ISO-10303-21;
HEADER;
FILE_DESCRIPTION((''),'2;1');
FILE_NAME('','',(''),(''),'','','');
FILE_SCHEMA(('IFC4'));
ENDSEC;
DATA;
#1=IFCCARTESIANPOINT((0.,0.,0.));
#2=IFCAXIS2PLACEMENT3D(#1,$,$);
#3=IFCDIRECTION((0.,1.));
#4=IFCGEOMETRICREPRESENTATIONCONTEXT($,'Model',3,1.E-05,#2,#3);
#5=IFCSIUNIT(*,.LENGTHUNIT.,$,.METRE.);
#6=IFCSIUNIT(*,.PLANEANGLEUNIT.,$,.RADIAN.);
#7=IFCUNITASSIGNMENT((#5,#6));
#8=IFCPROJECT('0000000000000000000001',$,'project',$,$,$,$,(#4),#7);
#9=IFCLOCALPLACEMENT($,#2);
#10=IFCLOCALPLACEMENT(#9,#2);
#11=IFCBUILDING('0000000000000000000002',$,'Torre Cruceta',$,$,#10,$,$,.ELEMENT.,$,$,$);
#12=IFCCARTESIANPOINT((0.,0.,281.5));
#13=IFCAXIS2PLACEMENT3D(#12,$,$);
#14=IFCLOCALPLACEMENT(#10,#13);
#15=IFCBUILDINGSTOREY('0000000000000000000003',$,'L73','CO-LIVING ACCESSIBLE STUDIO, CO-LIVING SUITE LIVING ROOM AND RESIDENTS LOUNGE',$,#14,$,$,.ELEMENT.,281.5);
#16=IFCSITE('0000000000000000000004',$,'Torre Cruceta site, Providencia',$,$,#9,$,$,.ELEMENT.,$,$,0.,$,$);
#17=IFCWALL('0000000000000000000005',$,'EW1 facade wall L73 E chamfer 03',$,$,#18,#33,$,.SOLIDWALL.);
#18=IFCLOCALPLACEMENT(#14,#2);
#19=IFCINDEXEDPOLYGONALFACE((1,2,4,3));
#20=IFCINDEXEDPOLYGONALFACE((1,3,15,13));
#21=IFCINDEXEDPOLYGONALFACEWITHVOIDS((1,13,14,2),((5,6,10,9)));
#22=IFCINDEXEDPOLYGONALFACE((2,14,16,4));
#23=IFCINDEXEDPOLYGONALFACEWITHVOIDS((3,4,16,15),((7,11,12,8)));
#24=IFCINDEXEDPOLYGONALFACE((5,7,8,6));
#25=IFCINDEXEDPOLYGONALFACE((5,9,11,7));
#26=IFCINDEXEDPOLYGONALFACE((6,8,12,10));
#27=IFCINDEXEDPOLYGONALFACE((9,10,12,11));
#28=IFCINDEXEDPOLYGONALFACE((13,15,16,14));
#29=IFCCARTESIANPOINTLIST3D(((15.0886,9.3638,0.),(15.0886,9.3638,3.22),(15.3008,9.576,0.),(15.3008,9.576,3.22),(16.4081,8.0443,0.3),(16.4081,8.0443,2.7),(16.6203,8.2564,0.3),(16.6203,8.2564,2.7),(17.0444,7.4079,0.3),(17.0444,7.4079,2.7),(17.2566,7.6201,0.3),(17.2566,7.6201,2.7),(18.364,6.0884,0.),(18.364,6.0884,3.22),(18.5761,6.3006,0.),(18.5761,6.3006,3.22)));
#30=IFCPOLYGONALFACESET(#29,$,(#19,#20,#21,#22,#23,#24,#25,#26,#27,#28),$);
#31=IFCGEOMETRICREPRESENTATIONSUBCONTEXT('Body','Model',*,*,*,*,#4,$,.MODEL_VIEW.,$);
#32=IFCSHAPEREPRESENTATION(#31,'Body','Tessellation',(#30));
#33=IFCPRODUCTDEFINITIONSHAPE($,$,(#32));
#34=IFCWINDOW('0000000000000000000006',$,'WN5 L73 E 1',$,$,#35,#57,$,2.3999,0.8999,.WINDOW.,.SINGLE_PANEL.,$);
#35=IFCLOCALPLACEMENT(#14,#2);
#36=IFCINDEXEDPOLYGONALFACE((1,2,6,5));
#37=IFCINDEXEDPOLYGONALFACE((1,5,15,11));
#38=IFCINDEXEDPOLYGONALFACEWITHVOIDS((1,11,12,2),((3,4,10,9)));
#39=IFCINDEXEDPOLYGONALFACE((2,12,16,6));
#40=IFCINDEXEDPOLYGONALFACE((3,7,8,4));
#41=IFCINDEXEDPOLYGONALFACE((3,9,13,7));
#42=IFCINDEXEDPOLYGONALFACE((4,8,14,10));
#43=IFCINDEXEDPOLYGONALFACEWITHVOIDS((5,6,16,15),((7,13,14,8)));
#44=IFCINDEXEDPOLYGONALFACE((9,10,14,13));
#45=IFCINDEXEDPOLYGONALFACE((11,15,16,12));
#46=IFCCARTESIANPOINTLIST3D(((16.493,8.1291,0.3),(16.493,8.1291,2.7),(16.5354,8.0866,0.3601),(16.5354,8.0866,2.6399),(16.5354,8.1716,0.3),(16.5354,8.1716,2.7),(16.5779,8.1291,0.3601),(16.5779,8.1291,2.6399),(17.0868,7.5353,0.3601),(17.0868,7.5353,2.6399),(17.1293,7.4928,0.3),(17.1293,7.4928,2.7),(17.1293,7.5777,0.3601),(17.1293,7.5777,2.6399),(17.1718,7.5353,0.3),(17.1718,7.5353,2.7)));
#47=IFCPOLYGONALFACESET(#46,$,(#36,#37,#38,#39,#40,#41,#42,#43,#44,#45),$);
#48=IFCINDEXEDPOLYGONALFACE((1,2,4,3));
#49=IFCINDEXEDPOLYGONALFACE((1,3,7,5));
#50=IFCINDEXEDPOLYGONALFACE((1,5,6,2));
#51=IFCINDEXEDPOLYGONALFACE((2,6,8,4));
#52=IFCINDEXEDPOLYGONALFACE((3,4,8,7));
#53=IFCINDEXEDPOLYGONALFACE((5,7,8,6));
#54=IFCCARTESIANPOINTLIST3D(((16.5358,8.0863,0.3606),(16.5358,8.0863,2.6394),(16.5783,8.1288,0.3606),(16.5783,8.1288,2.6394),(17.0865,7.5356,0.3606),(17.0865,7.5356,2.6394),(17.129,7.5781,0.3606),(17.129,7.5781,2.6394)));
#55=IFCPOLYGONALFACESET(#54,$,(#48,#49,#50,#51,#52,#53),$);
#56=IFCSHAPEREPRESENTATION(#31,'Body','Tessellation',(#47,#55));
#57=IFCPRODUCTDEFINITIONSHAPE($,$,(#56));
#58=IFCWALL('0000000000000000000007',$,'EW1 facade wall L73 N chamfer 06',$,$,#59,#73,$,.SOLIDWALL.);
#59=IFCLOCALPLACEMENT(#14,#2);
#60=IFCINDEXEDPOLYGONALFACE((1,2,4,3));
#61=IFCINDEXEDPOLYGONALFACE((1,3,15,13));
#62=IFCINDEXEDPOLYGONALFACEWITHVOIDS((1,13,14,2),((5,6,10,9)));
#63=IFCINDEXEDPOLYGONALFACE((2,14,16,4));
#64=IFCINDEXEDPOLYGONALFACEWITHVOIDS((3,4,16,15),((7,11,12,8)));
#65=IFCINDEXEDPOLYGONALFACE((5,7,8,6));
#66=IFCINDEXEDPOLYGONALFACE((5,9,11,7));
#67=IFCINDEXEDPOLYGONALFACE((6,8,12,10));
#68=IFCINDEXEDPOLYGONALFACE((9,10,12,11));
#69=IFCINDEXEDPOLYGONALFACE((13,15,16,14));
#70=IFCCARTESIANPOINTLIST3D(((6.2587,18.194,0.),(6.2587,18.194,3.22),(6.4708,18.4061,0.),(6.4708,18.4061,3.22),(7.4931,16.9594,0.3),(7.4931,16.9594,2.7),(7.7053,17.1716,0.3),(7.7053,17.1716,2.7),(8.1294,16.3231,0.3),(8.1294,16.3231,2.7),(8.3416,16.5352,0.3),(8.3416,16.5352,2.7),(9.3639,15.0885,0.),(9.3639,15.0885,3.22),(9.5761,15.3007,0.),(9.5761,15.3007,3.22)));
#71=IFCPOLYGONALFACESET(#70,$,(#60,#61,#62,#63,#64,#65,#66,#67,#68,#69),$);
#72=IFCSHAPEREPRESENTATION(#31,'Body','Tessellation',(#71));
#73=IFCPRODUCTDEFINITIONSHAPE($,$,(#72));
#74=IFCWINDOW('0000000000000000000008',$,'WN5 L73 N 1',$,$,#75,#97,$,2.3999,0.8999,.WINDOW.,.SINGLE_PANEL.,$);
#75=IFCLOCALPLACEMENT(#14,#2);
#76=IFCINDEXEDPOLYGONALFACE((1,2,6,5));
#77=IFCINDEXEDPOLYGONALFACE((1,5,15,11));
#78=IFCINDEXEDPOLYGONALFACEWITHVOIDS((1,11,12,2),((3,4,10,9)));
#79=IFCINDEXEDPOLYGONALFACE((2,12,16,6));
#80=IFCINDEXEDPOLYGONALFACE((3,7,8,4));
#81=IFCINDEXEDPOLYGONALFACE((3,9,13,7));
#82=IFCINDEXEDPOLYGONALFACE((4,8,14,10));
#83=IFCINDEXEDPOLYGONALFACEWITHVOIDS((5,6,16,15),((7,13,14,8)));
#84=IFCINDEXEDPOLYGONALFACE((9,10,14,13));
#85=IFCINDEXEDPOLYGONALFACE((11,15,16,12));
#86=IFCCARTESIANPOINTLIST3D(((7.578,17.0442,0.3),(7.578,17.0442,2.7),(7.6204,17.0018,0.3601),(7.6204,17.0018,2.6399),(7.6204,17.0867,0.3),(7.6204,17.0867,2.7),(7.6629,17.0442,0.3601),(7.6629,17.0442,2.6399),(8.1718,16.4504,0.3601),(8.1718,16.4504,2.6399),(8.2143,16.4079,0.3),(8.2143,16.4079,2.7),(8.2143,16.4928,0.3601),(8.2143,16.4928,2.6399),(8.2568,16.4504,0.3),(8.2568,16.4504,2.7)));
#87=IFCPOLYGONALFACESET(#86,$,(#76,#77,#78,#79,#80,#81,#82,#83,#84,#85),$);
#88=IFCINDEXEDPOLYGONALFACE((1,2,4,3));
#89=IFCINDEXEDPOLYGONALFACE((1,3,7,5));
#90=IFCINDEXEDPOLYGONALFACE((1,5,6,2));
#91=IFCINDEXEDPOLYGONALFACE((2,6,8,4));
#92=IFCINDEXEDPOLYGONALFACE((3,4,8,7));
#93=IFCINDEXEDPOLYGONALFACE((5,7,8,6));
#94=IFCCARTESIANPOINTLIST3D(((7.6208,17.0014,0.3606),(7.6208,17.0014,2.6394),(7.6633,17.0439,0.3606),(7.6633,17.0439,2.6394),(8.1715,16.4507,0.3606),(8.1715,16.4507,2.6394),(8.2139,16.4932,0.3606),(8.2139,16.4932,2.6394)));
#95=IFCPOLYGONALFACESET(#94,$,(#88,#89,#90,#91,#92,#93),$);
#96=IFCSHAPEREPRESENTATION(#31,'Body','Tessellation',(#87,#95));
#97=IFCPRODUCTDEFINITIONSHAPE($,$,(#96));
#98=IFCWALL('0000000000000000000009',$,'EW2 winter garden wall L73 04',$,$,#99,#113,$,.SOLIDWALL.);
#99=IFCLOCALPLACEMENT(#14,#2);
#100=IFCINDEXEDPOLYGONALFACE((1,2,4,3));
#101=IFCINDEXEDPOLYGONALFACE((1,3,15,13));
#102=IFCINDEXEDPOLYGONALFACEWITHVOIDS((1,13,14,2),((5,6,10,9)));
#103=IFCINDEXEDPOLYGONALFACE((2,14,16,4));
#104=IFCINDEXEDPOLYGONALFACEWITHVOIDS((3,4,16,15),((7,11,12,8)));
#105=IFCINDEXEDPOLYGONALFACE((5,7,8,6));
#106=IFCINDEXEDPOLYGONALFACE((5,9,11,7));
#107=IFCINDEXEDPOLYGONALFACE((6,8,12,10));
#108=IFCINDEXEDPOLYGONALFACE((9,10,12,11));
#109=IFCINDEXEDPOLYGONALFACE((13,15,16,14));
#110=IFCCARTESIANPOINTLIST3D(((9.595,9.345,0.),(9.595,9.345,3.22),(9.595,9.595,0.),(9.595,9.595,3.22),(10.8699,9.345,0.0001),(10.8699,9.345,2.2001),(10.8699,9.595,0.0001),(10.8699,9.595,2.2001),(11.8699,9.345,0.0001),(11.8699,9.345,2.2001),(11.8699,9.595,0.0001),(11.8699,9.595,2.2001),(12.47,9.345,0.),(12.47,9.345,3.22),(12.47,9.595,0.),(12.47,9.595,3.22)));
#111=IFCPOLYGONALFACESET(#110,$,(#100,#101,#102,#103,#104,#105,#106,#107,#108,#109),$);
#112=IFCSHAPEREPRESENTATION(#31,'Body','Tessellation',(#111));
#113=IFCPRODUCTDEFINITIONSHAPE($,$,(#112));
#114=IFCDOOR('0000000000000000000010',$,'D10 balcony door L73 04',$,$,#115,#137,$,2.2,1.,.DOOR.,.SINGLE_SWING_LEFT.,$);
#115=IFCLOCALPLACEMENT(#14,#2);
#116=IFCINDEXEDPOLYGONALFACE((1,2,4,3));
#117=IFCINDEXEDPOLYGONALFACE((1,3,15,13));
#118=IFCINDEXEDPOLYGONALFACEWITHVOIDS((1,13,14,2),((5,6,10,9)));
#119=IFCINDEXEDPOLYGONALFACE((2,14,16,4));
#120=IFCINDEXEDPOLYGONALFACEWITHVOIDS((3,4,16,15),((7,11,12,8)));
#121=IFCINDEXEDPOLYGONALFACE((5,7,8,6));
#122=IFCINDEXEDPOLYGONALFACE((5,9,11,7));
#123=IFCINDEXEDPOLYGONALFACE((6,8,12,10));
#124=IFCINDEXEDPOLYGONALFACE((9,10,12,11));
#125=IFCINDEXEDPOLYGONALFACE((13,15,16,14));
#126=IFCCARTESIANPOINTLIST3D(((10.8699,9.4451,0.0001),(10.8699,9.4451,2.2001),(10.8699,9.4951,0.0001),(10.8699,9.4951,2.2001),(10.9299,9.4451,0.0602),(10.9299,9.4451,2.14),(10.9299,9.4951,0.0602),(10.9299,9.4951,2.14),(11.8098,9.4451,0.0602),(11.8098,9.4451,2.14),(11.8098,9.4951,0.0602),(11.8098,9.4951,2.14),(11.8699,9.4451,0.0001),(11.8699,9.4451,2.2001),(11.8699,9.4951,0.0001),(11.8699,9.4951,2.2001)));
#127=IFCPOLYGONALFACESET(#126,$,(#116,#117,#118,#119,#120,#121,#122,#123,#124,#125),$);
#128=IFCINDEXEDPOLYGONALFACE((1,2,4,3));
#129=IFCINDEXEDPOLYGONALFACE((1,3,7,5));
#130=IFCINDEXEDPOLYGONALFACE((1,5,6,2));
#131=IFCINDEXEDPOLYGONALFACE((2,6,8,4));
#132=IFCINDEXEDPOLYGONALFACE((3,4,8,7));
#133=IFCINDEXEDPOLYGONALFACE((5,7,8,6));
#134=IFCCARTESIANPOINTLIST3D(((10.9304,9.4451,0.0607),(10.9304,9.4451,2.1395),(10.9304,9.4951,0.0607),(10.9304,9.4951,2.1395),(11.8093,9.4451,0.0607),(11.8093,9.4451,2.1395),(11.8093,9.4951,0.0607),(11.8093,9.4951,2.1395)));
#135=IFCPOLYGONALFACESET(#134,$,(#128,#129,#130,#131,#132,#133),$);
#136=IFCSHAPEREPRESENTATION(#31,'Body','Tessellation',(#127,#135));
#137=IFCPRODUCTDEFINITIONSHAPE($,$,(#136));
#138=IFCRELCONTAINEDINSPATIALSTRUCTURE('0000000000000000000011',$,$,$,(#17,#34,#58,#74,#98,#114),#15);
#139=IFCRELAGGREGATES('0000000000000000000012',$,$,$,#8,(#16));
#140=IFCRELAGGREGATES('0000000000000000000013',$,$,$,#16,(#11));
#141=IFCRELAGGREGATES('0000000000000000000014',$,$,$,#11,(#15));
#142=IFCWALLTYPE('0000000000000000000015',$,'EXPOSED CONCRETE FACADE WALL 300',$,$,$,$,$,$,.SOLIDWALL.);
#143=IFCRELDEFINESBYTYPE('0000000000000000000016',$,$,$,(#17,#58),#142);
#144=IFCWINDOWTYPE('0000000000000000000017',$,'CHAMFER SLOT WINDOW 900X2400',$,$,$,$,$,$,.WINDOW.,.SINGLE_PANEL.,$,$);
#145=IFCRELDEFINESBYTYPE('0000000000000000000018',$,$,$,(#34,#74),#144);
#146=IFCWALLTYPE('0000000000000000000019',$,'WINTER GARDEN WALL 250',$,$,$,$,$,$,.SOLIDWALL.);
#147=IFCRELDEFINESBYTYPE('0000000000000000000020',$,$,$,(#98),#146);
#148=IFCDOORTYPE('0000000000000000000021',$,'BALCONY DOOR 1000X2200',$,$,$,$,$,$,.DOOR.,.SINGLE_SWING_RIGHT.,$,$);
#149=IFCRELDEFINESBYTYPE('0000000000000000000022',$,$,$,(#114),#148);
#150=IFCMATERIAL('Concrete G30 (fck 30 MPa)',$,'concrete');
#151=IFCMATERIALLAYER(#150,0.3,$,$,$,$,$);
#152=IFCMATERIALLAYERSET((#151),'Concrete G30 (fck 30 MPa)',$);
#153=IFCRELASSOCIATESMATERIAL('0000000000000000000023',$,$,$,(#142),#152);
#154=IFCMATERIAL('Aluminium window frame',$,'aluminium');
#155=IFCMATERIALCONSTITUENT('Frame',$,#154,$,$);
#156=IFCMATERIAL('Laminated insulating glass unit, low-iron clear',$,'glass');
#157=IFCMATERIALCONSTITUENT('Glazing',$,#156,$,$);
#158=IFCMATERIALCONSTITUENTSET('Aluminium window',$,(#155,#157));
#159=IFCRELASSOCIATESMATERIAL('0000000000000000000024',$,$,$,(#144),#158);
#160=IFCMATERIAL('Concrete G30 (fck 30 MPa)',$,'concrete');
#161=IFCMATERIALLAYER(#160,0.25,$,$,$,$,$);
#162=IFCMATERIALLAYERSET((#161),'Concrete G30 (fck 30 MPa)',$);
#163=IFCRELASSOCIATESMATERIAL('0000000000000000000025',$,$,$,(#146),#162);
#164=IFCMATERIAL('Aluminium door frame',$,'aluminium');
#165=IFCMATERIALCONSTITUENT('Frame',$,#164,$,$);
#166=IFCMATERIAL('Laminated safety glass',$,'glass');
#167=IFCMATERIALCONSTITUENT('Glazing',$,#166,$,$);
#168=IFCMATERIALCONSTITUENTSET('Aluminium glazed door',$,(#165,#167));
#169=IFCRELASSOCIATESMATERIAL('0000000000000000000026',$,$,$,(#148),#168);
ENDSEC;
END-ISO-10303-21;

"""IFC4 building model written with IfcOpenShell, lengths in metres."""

from ifc_helpers import new_model, si_unit, direction, frame, frame_2d, origin, place, context, subcontext, project, spatial, rectangle, hollow_rectangle, extrude, material, layer, layer_set, constituent, constituent_set, type_object, element, fill, save


model = new_model("IFC4")

# Units and contexts
model_context = context("Model", 3, precision=1e-05, world=origin(), true_north=direction((0.0, 1.0)))
body_context = subcontext(model_context, "Body", "Model", "MODEL_VIEW")
ifc_project = project(units=[si_unit("LENGTHUNIT", "METRE"), si_unit("PLANEANGLEUNIT", "RADIAN")], contexts=[model_context])

# Site, building, storey
site_placement = place(None, origin())
site = spatial("IfcSite", under=ifc_project, at=site_placement, Name="Torre Cruceta site, Providencia", CompositionType="ELEMENT", RefElevation=0.0)
building_placement = place(site_placement, origin())
building = spatial("IfcBuilding", under=site, at=building_placement, Name="Torre Cruceta", CompositionType="ELEMENT")
storey_placement = place(building_placement, frame((0.0, 0.0, 281.5)))
storey = spatial("IfcBuildingStorey", under=building, at=storey_placement, Name="L73", Description="CO-LIVING ACCESSIBLE STUDIO, CO-LIVING SUITE LIVING ROOM AND RESIDENTS LOUNGE", CompositionType="ELEMENT", Elevation=281.5)

# Walls, openings, windows
ifc_material_1 = material(Name="Concrete G30 (fck 30 MPa)", Category="concrete")
ifc_layer_1 = layer(ifc_material_1, 0.3)
ifc_layer_set_1 = layer_set([ifc_layer_1], Name="Concrete G30 (fck 30 MPa)")
wall_type_1 = type_object("IfcWallType", Name="EXPOSED CONCRETE FACADE WALL 300", PredefinedType="SOLIDWALL", material=ifc_layer_set_1)
wall_1_placement = place(storey_placement, frame((18.47, 6.1946, 0.0), z_axis=(0.0, 0.0, 1.0), x_axis=(-0.707107, 0.707107, 0.0)))
wall_1 = element("IfcWall", 1, at=wall_1_placement, inside=storey, type_object=wall_type_1, Name="EW1 facade wall L73 E chamfer 03", PredefinedType="SOLIDWALL", context=body_context, shape_type="SweptSolid", body=[
    extrude(rectangle(XDim=4.6321, YDim=0.3, at=frame_2d((2.3159, 0.0))), origin(), (0.0, 0.0, 1.0), 3.22),
])
opening_1_placement = place(wall_1_placement, frame((1.866, 0.0, 0.3)))
opening_1 = element("IfcOpeningElement", 2, at=opening_1_placement, cuts=wall_1, PredefinedType="OPENING", context=body_context, shape_type="SweptSolid", body=[
    extrude(rectangle(XDim=0.8999, YDim=2.3999, at=frame_2d((0.45, 1.2))), frame((0.0, 0.1599, 0.0), z_axis=(0.0, -1.0, 0.0), x_axis=(1.0, 0.0, 0.0)), (0.0, 0.0, 1.0), 0.3201),
])
ifc_material_2 = material(Name="Aluminium window frame", Category="aluminium")
ifc_constituent_1 = constituent(ifc_material_2, Name="Frame")
ifc_material_3 = material(Name="Laminated insulating glass unit, low-iron clear", Category="glass")
ifc_constituent_2 = constituent(ifc_material_3, Name="Glazing")
ifc_constituent_set_1 = constituent_set(constituents=[ifc_constituent_1, ifc_constituent_2], Name="Aluminium window")
window_type = type_object("IfcWindowType", Name="CHAMFER SLOT WINDOW 900X2400", PartitioningType="SINGLE_PANEL", PredefinedType="WINDOW", material=ifc_constituent_set_1)
window_1_placement = place(opening_1_placement, origin())
window_1 = element("IfcWindow", 3, at=window_1_placement, inside=storey, type_object=window_type, Name="WN5 L73 E 1", OverallHeight=2.3999, OverallWidth=0.8999, PartitioningType="SINGLE_PANEL", PredefinedType="WINDOW", context=body_context, shape_type="SweptSolid", body=[
    extrude(hollow_rectangle(XDim=0.8999, YDim=2.3999, WallThickness=0.0601, at=frame_2d((0.45, 1.2))), frame((0.0, 0.03, 0.0), z_axis=(0.0, -1.0, 0.0), x_axis=(1.0, 0.0, 0.0)), (0.0, 0.0, 1.0), 0.0601),
    extrude(rectangle(XDim=0.7788, YDim=2.2788, at=frame_2d((0.45, 1.2))), frame((0.0, 0.03, 0.0), z_axis=(0.0, -1.0, 0.0), x_axis=(1.0, 0.0, 0.0)), (0.0, 0.0, 1.0), 0.0601),
])
fill(opening_1, window_1)
wall_2_placement = place(storey_placement, frame((9.47, 15.1946, 0.0), z_axis=(0.0, 0.0, 1.0), x_axis=(-0.707079, 0.707135, 0.0)))
wall_2 = element("IfcWall", 4, at=wall_2_placement, inside=storey, type_object=wall_type_1, Name="EW1 facade wall L73 N chamfer 06", PredefinedType="SOLIDWALL", context=body_context, shape_type="SweptSolid", body=[
    extrude(rectangle(XDim=4.3916, YDim=0.3, at=frame_2d((2.1958, 0.0))), origin(), (0.0, 0.0, 1.0), 3.22),
])
opening_2_placement = place(wall_2_placement, frame((1.7458, 0.0, 0.3)))
opening_2 = element("IfcOpeningElement", 5, at=opening_2_placement, cuts=wall_2, PredefinedType="OPENING", context=body_context, shape_type="SweptSolid", body=[
    extrude(rectangle(XDim=0.8999, YDim=2.3999, at=frame_2d((0.45, 1.2))), frame((0.0, 0.1599, 0.0), z_axis=(0.0, -1.0, 0.0), x_axis=(1.0, 0.0, 0.0)), (0.0, 0.0, 1.0), 0.3201),
])
window_2_placement = place(opening_2_placement, origin())
window_2 = element("IfcWindow", 6, at=window_2_placement, inside=storey, type_object=window_type, Name="WN5 L73 N 1", OverallHeight=2.3999, OverallWidth=0.8999, PartitioningType="SINGLE_PANEL", PredefinedType="WINDOW", context=body_context, shape_type="SweptSolid", body=[
    extrude(hollow_rectangle(XDim=0.8999, YDim=2.3999, WallThickness=0.0601, at=frame_2d((0.45, 1.2))), frame((0.0, 0.03, 0.0), z_axis=(0.0, -1.0, 0.0), x_axis=(1.0, 0.0, 0.0)), (0.0, 0.0, 1.0), 0.0601),
    extrude(rectangle(XDim=0.7788, YDim=2.2788, at=frame_2d((0.45, 1.2))), frame((0.0, 0.03, 0.0), z_axis=(0.0, -1.0, 0.0), x_axis=(1.0, 0.0, 0.0)), (0.0, 0.0, 1.0), 0.0601),
])
fill(opening_2, window_2)

# Wall, opening, door
ifc_material_4 = material(Name="Concrete G30 (fck 30 MPa)", Category="concrete")
ifc_layer_2 = layer(ifc_material_4, 0.25)
ifc_layer_set_2 = layer_set([ifc_layer_2], Name="Concrete G30 (fck 30 MPa)")
wall_type_2 = type_object("IfcWallType", Name="WINTER GARDEN WALL 250", PredefinedType="SOLIDWALL", material=ifc_layer_set_2)
wall_3_placement = place(storey_placement, frame((12.47, 9.47, 0.0), z_axis=(0.0, 0.0, 1.0), x_axis=(-1.0, 0.0, 0.0)))
wall_3 = element("IfcWall", 7, at=wall_3_placement, inside=storey, type_object=wall_type_2, Name="EW2 winter garden wall L73 04", PredefinedType="SOLIDWALL", context=body_context, shape_type="SweptSolid", body=[
    extrude(rectangle(XDim=2.875, YDim=0.25, at=frame_2d((1.4375, 0.0))), origin(), (0.0, 0.0, 1.0), 3.22),
])
opening_3_placement = place(wall_3_placement, frame((0.6001, 0.0, 0.0)))
opening_3 = element("IfcOpeningElement", 8, at=opening_3_placement, cuts=wall_3, PredefinedType="OPENING", context=body_context, shape_type="SweptSolid", body=[
    extrude(rectangle(XDim=1.0, YDim=2.2, at=frame_2d((0.5, 1.1001))), frame((0.0, 0.135, 0.0), z_axis=(0.0, -1.0, 0.0), x_axis=(1.0, 0.0, 0.0)), (0.0, 0.0, 1.0), 0.27),
])
ifc_material_5 = material(Name="Aluminium door frame", Category="aluminium")
ifc_constituent_3 = constituent(ifc_material_5, Name="Frame")
ifc_material_6 = material(Name="Laminated safety glass", Category="glass")
ifc_constituent_4 = constituent(ifc_material_6, Name="Glazing")
ifc_constituent_set_2 = constituent_set(constituents=[ifc_constituent_3, ifc_constituent_4], Name="Aluminium glazed door")
door_type = type_object("IfcDoorType", Name="BALCONY DOOR 1000X2200", OperationType="SINGLE_SWING_RIGHT", PredefinedType="DOOR", material=ifc_constituent_set_2)
door_1_placement = place(opening_3_placement, origin())
door_1 = element("IfcDoor", 9, at=door_1_placement, inside=storey, type_object=door_type, Name="D10 balcony door L73 04", OperationType="SINGLE_SWING_LEFT", OverallHeight=2.2, OverallWidth=1.0, PredefinedType="DOOR", context=body_context, shape_type="SweptSolid", body=[
    extrude(hollow_rectangle(XDim=1.0, YDim=2.2, WallThickness=0.0601, at=frame_2d((0.5, 1.1001))), frame((0.0, 0.0249, 0.0), z_axis=(0.0, -1.0, 0.0), x_axis=(1.0, 0.0, 0.0)), (0.0, 0.0, 1.0), 0.05),
    extrude(rectangle(XDim=0.8789, YDim=2.0789, at=frame_2d((0.5, 1.1001))), frame((0.0, 0.0249, 0.0), z_axis=(0.0, -1.0, 0.0), x_axis=(1.0, 0.0, 0.0)), (0.0, 0.0, 1.0), 0.05),
])
fill(opening_3, door_1)

save(model, "model.ifc")
